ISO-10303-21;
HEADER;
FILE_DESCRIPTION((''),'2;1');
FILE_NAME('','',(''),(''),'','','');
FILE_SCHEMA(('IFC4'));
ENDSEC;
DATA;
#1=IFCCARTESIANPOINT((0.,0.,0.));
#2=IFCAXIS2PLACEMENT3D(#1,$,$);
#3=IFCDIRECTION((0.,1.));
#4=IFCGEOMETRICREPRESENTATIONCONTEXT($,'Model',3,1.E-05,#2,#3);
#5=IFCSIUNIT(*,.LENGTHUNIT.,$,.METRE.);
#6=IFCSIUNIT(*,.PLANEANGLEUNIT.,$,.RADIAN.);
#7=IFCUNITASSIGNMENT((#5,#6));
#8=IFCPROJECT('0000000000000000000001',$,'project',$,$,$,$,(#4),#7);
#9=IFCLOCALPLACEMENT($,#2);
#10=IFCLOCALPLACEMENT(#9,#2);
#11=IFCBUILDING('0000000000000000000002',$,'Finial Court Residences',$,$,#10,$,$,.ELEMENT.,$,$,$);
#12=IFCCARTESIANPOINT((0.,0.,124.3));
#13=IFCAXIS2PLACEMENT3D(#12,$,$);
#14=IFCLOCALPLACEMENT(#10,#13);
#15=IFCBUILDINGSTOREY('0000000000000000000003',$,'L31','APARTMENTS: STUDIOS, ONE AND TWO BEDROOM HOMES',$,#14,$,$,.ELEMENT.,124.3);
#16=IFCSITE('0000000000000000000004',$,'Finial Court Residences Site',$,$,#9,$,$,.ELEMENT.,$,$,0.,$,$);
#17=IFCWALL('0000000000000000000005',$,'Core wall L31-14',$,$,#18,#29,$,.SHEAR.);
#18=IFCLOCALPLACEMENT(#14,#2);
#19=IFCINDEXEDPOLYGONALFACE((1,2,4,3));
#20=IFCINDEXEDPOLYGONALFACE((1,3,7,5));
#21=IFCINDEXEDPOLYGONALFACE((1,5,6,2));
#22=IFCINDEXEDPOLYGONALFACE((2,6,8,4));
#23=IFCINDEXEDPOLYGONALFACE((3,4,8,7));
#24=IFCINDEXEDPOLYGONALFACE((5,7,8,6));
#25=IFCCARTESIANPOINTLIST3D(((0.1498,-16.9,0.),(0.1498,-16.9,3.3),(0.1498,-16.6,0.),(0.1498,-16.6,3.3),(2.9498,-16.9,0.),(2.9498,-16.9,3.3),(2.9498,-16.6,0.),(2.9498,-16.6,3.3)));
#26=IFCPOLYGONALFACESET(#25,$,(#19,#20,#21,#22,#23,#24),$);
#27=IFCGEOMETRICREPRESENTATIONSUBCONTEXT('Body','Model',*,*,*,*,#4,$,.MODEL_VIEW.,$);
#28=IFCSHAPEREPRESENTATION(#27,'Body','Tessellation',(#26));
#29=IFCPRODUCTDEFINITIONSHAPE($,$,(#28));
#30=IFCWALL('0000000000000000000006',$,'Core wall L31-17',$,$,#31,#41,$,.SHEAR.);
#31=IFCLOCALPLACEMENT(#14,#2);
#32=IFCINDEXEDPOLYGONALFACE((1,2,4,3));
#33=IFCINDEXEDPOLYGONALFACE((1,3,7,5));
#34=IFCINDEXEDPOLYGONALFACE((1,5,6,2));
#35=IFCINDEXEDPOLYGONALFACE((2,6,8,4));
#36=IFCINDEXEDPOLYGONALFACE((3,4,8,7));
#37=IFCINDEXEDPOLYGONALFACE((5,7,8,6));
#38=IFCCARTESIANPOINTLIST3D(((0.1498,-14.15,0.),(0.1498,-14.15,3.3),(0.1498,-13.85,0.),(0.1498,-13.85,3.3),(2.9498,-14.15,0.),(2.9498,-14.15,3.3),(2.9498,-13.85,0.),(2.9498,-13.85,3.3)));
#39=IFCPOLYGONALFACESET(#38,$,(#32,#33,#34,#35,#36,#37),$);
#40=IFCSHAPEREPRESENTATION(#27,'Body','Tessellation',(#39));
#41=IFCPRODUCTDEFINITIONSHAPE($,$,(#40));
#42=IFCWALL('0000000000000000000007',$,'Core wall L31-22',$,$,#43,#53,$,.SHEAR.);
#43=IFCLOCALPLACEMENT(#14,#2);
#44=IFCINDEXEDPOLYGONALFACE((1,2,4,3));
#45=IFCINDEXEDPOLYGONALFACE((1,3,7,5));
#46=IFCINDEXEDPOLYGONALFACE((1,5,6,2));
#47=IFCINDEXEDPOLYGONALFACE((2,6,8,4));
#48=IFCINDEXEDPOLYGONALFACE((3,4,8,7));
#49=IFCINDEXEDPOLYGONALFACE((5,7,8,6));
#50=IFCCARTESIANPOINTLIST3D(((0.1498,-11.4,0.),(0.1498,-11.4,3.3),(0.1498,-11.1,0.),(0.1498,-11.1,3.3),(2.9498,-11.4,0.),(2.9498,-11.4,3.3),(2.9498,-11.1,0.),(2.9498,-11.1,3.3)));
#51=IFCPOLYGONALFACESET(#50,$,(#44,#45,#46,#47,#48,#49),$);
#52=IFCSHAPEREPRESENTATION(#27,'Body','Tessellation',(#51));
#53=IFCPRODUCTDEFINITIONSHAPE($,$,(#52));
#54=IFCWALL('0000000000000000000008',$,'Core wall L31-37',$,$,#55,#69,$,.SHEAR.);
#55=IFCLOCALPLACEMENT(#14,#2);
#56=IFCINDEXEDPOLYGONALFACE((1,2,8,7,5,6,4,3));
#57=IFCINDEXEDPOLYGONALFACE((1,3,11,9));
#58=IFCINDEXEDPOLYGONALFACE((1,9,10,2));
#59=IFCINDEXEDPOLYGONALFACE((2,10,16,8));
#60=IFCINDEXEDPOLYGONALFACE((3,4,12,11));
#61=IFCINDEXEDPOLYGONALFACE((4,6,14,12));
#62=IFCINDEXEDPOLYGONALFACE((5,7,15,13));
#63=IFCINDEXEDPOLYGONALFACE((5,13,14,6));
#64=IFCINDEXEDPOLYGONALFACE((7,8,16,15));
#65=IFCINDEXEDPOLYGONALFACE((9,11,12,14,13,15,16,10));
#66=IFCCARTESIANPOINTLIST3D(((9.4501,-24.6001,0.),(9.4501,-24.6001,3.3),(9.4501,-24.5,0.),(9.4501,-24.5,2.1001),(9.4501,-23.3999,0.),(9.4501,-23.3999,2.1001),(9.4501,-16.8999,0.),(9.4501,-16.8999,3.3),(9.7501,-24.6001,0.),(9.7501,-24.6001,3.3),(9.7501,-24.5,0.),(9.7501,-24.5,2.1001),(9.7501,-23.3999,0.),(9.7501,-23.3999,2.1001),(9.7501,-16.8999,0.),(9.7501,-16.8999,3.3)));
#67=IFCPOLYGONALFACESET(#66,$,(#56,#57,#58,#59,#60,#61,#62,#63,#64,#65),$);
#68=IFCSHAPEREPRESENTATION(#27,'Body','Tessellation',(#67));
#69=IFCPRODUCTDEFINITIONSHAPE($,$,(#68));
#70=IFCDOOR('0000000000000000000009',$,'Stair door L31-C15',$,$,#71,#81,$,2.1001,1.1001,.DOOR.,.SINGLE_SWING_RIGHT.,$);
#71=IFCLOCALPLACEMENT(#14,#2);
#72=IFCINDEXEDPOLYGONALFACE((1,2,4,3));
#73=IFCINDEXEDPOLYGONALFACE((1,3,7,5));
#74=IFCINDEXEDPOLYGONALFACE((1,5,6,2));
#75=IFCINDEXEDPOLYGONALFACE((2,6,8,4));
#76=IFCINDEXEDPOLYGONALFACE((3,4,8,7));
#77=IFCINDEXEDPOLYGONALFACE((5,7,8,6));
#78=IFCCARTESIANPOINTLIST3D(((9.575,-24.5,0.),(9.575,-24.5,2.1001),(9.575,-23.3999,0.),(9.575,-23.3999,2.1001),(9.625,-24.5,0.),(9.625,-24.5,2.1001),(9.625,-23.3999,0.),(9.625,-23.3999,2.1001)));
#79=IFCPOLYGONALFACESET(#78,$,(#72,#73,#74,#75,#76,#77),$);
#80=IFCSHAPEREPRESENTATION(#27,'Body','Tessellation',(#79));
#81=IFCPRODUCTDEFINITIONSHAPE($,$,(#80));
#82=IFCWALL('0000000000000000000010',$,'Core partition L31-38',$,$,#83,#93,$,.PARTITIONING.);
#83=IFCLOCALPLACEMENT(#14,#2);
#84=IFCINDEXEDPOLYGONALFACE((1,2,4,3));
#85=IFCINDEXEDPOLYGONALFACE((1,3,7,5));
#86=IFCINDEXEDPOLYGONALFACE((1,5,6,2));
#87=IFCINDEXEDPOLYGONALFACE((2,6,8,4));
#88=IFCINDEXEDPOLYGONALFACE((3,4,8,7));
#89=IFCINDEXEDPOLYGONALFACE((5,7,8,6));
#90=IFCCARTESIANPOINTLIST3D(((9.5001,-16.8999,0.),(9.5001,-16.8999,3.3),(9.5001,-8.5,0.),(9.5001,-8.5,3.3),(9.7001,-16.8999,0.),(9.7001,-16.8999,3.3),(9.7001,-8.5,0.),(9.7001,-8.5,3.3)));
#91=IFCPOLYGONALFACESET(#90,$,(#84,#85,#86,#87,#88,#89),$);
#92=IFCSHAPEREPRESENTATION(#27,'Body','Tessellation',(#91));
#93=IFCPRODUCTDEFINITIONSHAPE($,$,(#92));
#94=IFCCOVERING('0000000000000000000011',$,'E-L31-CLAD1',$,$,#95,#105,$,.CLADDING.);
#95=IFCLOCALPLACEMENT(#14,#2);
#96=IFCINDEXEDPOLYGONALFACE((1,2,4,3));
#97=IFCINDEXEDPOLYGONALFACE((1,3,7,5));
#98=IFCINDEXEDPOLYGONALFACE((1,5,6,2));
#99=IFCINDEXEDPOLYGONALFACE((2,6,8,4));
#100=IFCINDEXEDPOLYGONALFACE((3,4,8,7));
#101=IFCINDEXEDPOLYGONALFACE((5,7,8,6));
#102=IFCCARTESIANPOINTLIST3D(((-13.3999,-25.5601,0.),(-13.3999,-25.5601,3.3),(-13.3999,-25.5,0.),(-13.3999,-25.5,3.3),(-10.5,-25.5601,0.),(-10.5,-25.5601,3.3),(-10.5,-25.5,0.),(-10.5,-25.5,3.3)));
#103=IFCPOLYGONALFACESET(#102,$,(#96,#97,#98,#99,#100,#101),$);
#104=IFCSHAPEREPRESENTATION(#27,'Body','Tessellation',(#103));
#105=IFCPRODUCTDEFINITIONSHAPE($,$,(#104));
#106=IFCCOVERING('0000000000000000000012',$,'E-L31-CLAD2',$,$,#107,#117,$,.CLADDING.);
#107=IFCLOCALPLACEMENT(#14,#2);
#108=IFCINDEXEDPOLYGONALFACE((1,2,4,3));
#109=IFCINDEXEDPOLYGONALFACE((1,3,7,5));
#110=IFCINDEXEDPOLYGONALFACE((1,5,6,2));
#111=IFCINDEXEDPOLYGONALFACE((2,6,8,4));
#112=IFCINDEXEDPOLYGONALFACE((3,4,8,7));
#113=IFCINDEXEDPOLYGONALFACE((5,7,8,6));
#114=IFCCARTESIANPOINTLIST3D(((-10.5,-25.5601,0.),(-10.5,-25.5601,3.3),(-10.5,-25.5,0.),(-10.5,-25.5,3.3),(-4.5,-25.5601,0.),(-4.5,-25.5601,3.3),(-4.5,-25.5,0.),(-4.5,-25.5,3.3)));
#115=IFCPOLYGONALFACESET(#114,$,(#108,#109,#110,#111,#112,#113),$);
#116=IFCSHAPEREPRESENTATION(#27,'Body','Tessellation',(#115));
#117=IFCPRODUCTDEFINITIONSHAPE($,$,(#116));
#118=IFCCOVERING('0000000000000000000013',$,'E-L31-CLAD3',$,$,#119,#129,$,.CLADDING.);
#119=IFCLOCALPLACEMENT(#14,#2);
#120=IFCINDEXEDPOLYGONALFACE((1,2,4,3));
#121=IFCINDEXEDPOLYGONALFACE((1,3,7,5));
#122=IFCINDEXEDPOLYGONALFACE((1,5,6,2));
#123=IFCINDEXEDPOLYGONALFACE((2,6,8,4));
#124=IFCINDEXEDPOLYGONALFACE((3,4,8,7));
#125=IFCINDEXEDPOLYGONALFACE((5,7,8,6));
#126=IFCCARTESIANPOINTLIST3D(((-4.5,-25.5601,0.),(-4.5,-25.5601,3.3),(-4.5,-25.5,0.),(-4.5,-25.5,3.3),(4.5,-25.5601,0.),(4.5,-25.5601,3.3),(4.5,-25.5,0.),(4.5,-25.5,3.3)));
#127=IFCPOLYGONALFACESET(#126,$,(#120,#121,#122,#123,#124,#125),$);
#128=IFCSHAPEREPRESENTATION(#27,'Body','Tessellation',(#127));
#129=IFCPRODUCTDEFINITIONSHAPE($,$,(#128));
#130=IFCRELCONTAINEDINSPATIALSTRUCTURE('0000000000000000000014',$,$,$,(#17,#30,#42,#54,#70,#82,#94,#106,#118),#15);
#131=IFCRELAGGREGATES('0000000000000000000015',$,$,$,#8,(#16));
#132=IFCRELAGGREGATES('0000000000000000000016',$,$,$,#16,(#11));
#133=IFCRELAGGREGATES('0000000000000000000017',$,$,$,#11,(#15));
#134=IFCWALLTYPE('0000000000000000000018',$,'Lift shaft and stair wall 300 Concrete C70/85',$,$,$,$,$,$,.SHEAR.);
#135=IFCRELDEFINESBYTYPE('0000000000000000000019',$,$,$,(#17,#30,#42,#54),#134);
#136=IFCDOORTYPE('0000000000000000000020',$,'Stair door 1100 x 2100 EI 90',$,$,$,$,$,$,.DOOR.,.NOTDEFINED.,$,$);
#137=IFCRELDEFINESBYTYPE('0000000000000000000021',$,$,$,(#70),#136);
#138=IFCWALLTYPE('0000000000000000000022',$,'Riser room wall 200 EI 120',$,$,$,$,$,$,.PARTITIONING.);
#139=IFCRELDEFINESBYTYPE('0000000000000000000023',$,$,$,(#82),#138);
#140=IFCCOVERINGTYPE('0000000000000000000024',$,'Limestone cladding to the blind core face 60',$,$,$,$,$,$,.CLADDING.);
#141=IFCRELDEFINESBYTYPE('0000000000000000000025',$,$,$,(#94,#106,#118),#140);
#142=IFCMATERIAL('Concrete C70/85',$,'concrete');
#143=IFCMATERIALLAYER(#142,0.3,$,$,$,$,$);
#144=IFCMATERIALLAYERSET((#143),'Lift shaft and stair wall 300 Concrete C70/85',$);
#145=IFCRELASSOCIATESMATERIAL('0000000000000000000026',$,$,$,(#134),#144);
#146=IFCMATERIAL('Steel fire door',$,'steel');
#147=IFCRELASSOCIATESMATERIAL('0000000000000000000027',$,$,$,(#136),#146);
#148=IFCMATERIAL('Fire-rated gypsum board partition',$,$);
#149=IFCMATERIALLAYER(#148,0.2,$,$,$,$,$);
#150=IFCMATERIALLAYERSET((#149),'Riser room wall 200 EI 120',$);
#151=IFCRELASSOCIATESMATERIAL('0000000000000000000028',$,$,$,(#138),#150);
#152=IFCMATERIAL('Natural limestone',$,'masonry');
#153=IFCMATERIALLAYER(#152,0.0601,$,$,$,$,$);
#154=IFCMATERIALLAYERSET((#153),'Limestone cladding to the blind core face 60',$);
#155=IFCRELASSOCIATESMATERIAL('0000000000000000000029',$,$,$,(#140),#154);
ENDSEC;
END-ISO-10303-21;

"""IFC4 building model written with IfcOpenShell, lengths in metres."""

from ifc_helpers import new_model, si_unit, direction, frame, frame_2d, origin, place, context, subcontext, project, spatial, polyline, rectangle, outline, extrude, material, layer, layer_set, type_object, element, fill, save


model = new_model("IFC4")

# Units and contexts
model_context = context("Model", 3, precision=1e-05, world=origin(), true_north=direction((0.0, 1.0)))
body_context = subcontext(model_context, "Body", "Model", "MODEL_VIEW")
ifc_project = project(units=[si_unit("LENGTHUNIT", "METRE"), si_unit("PLANEANGLEUNIT", "RADIAN")], contexts=[model_context])

# Site, building, storey
site_placement = place(None, origin())
site = spatial("IfcSite", under=ifc_project, at=site_placement, Name="Finial Court Residences Site", CompositionType="ELEMENT", RefElevation=0.0)
building_placement = place(site_placement, origin())
building = spatial("IfcBuilding", under=site, at=building_placement, Name="Finial Court Residences", CompositionType="ELEMENT")
storey_placement = place(building_placement, frame((0.0, 0.0, 124.3)))
storey = spatial("IfcBuildingStorey", under=building, at=storey_placement, Name="L31", Description="APARTMENTS: STUDIOS, ONE AND TWO BEDROOM HOMES", CompositionType="ELEMENT", Elevation=124.3)

# Shared definitions
ifc_material_1 = material(Name="Concrete C70/85", Category="concrete")

# Shared definitions
ifc_material_2 = material(Name="Fire-rated gypsum board partition")

# Shared definitions
ifc_material_3 = material(Name="Steel fire door", Category="steel")

# Walls
ifc_layer_1 = layer(ifc_material_1, 0.3)
ifc_layer_set_1 = layer_set([ifc_layer_1], Name="Lift shaft and stair wall 300 Concrete C70/85")
wall_type_1 = type_object("IfcWallType", Name="Lift shaft and stair wall 300 Concrete C70/85", PredefinedType="SHEAR", material=ifc_layer_set_1)
for number, where, z_axis, x_axis, name in (
    (1, (0.1499, -16.75, 0.0), (0.0, 0.0, 1.0), (1.0, 0.0, 0.0), "Core wall L31-14"),
    (2, (0.1499, -14.0, 0.0), (0.0, 0.0, 1.0), (1.0, 0.0, 0.0), "Core wall L31-17"),
    (3, (0.1499, -11.25, 0.0), (0.0, 0.0, 1.0), (1.0, 0.0, 0.0), "Core wall L31-22"),
):
    element("IfcWall", number, at=place(storey_placement, frame(where, z_axis=z_axis, x_axis=x_axis)), inside=storey, type_object=wall_type_1, Name=name, PredefinedType="SHEAR", context=body_context, shape_type="SweptSolid", body=[
        extrude(rectangle(XDim=2.8, YDim=0.3, at=frame_2d((1.3999, 0.0))), origin(), (0.0, 0.0, 1.0), 3.3),
    ])

# Wall, opening, door
wall_1_placement = place(storey_placement, frame((9.6001, -16.8999, 0.0), z_axis=(0.0, 0.0, 1.0), x_axis=(0.0, -1.0, 0.0)))
wall_1 = element("IfcWall", 4, at=wall_1_placement, inside=storey, type_object=wall_type_1, Name="Core wall L31-37", PredefinedType="SHEAR", context=body_context, shape_type="SweptSolid", body=[
    extrude(rectangle(XDim=7.7002, YDim=0.3, at=frame_2d((3.8501, 0.0))), origin(), (0.0, 0.0, 1.0), 3.3),
])
opening_1_placement = place(wall_1_placement, frame((6.5, 0.0, 0.0)))
opening_1 = element("IfcOpeningElement", 5, at=opening_1_placement, cuts=wall_1, PredefinedType="OPENING", context=body_context, shape_type="SweptSolid", body=[
    extrude(rectangle(XDim=1.1001, YDim=2.1001, at=frame_2d((0.55, 1.05))), frame((0.0, 0.1599, 0.0), z_axis=(0.0, -1.0, 0.0), x_axis=(1.0, 0.0, 0.0)), (0.0, 0.0, 1.0), 0.3201),
])
door_type_1 = type_object("IfcDoorType", Name="Stair door 1100 x 2100 EI 90", OperationType="NOTDEFINED", PredefinedType="DOOR", material=ifc_material_3)
door_1_placement = place(opening_1_placement, origin())
door_1 = element("IfcDoor", 6, at=door_1_placement, inside=storey, type_object=door_type_1, Name="Stair door L31-C15", OperationType="SINGLE_SWING_RIGHT", OverallHeight=2.1001, OverallWidth=1.1001, PredefinedType="DOOR", context=body_context, shape_type="SweptSolid", body=[
    extrude(rectangle(XDim=1.1001, YDim=2.1001, at=frame_2d((0.55, 1.05))), frame((0.0, 0.0249, 0.0), z_axis=(0.0, -1.0, 0.0), x_axis=(1.0, 0.0, 0.0)), (0.0, 0.0, 1.0), 0.05),
])
fill(opening_1, door_1)

# Wall
ifc_layer_2 = layer(ifc_material_2, 0.2)
ifc_layer_set_2 = layer_set([ifc_layer_2], Name="Riser room wall 200 EI 120")
wall_type_2 = type_object("IfcWallType", Name="Riser room wall 200 EI 120", PredefinedType="PARTITIONING", material=ifc_layer_set_2)
wall_2_placement = place(storey_placement, frame((9.6001, -16.8999, 0.0), z_axis=(0.0, 0.0, 1.0), x_axis=(0.0, 1.0, 0.0)))
element("IfcWall", 7, at=wall_2_placement, inside=storey, type_object=wall_type_2, Name="Core partition L31-38", PredefinedType="PARTITIONING", context=body_context, shape_type="SweptSolid", body=[
    extrude(rectangle(XDim=8.3999, YDim=0.2, at=frame_2d((4.2, 0.0))), origin(), (0.0, 0.0, 1.0), 3.3),
])

# Coverings
ifc_material_4 = material(Name="Natural limestone", Category="masonry")
ifc_layer_3 = layer(ifc_material_4, 0.0601)
ifc_layer_set_3 = layer_set([ifc_layer_3], Name="Limestone cladding to the blind core face 60")
covering_type = type_object("IfcCoveringType", Name="Limestone cladding to the blind core face 60", PredefinedType="CLADDING", material=ifc_layer_set_3)
covering_1_placement = place(storey_placement, origin())
element("IfcCovering", 8, at=covering_1_placement, inside=storey, type_object=covering_type, Name="E-L31-CLAD1", PredefinedType="CLADDING", context=body_context, shape_type="SweptSolid", body=[
    extrude(outline(polyline([(-10.5, -25.5601), (-10.5, -25.5), (-13.3999, -25.5), (-13.3999, -25.5601), (-10.5, -25.5601)])), origin(), (0.0, 0.0, 1.0), 3.3),
])
covering_2_placement = place(storey_placement, origin())
element("IfcCovering", 9, at=covering_2_placement, inside=storey, type_object=covering_type, Name="E-L31-CLAD2", PredefinedType="CLADDING", context=body_context, shape_type="SweptSolid", body=[
    extrude(outline(polyline([(-4.5, -25.5601), (-4.5, -25.5), (-10.5, -25.5), (-10.5, -25.5601), (-4.5, -25.5601)])), origin(), (0.0, 0.0, 1.0), 3.3),
])
covering_3_placement = place(storey_placement, origin())
element("IfcCovering", 10, at=covering_3_placement, inside=storey, type_object=covering_type, Name="E-L31-CLAD3", PredefinedType="CLADDING", context=body_context, shape_type="SweptSolid", body=[
    extrude(outline(polyline([(4.5, -25.5601), (4.5, -25.5), (-4.5, -25.5), (-4.5, -25.5601), (4.5, -25.5601)])), origin(), (0.0, 0.0, 1.0), 3.3),
])

save(model, "model.ifc")
